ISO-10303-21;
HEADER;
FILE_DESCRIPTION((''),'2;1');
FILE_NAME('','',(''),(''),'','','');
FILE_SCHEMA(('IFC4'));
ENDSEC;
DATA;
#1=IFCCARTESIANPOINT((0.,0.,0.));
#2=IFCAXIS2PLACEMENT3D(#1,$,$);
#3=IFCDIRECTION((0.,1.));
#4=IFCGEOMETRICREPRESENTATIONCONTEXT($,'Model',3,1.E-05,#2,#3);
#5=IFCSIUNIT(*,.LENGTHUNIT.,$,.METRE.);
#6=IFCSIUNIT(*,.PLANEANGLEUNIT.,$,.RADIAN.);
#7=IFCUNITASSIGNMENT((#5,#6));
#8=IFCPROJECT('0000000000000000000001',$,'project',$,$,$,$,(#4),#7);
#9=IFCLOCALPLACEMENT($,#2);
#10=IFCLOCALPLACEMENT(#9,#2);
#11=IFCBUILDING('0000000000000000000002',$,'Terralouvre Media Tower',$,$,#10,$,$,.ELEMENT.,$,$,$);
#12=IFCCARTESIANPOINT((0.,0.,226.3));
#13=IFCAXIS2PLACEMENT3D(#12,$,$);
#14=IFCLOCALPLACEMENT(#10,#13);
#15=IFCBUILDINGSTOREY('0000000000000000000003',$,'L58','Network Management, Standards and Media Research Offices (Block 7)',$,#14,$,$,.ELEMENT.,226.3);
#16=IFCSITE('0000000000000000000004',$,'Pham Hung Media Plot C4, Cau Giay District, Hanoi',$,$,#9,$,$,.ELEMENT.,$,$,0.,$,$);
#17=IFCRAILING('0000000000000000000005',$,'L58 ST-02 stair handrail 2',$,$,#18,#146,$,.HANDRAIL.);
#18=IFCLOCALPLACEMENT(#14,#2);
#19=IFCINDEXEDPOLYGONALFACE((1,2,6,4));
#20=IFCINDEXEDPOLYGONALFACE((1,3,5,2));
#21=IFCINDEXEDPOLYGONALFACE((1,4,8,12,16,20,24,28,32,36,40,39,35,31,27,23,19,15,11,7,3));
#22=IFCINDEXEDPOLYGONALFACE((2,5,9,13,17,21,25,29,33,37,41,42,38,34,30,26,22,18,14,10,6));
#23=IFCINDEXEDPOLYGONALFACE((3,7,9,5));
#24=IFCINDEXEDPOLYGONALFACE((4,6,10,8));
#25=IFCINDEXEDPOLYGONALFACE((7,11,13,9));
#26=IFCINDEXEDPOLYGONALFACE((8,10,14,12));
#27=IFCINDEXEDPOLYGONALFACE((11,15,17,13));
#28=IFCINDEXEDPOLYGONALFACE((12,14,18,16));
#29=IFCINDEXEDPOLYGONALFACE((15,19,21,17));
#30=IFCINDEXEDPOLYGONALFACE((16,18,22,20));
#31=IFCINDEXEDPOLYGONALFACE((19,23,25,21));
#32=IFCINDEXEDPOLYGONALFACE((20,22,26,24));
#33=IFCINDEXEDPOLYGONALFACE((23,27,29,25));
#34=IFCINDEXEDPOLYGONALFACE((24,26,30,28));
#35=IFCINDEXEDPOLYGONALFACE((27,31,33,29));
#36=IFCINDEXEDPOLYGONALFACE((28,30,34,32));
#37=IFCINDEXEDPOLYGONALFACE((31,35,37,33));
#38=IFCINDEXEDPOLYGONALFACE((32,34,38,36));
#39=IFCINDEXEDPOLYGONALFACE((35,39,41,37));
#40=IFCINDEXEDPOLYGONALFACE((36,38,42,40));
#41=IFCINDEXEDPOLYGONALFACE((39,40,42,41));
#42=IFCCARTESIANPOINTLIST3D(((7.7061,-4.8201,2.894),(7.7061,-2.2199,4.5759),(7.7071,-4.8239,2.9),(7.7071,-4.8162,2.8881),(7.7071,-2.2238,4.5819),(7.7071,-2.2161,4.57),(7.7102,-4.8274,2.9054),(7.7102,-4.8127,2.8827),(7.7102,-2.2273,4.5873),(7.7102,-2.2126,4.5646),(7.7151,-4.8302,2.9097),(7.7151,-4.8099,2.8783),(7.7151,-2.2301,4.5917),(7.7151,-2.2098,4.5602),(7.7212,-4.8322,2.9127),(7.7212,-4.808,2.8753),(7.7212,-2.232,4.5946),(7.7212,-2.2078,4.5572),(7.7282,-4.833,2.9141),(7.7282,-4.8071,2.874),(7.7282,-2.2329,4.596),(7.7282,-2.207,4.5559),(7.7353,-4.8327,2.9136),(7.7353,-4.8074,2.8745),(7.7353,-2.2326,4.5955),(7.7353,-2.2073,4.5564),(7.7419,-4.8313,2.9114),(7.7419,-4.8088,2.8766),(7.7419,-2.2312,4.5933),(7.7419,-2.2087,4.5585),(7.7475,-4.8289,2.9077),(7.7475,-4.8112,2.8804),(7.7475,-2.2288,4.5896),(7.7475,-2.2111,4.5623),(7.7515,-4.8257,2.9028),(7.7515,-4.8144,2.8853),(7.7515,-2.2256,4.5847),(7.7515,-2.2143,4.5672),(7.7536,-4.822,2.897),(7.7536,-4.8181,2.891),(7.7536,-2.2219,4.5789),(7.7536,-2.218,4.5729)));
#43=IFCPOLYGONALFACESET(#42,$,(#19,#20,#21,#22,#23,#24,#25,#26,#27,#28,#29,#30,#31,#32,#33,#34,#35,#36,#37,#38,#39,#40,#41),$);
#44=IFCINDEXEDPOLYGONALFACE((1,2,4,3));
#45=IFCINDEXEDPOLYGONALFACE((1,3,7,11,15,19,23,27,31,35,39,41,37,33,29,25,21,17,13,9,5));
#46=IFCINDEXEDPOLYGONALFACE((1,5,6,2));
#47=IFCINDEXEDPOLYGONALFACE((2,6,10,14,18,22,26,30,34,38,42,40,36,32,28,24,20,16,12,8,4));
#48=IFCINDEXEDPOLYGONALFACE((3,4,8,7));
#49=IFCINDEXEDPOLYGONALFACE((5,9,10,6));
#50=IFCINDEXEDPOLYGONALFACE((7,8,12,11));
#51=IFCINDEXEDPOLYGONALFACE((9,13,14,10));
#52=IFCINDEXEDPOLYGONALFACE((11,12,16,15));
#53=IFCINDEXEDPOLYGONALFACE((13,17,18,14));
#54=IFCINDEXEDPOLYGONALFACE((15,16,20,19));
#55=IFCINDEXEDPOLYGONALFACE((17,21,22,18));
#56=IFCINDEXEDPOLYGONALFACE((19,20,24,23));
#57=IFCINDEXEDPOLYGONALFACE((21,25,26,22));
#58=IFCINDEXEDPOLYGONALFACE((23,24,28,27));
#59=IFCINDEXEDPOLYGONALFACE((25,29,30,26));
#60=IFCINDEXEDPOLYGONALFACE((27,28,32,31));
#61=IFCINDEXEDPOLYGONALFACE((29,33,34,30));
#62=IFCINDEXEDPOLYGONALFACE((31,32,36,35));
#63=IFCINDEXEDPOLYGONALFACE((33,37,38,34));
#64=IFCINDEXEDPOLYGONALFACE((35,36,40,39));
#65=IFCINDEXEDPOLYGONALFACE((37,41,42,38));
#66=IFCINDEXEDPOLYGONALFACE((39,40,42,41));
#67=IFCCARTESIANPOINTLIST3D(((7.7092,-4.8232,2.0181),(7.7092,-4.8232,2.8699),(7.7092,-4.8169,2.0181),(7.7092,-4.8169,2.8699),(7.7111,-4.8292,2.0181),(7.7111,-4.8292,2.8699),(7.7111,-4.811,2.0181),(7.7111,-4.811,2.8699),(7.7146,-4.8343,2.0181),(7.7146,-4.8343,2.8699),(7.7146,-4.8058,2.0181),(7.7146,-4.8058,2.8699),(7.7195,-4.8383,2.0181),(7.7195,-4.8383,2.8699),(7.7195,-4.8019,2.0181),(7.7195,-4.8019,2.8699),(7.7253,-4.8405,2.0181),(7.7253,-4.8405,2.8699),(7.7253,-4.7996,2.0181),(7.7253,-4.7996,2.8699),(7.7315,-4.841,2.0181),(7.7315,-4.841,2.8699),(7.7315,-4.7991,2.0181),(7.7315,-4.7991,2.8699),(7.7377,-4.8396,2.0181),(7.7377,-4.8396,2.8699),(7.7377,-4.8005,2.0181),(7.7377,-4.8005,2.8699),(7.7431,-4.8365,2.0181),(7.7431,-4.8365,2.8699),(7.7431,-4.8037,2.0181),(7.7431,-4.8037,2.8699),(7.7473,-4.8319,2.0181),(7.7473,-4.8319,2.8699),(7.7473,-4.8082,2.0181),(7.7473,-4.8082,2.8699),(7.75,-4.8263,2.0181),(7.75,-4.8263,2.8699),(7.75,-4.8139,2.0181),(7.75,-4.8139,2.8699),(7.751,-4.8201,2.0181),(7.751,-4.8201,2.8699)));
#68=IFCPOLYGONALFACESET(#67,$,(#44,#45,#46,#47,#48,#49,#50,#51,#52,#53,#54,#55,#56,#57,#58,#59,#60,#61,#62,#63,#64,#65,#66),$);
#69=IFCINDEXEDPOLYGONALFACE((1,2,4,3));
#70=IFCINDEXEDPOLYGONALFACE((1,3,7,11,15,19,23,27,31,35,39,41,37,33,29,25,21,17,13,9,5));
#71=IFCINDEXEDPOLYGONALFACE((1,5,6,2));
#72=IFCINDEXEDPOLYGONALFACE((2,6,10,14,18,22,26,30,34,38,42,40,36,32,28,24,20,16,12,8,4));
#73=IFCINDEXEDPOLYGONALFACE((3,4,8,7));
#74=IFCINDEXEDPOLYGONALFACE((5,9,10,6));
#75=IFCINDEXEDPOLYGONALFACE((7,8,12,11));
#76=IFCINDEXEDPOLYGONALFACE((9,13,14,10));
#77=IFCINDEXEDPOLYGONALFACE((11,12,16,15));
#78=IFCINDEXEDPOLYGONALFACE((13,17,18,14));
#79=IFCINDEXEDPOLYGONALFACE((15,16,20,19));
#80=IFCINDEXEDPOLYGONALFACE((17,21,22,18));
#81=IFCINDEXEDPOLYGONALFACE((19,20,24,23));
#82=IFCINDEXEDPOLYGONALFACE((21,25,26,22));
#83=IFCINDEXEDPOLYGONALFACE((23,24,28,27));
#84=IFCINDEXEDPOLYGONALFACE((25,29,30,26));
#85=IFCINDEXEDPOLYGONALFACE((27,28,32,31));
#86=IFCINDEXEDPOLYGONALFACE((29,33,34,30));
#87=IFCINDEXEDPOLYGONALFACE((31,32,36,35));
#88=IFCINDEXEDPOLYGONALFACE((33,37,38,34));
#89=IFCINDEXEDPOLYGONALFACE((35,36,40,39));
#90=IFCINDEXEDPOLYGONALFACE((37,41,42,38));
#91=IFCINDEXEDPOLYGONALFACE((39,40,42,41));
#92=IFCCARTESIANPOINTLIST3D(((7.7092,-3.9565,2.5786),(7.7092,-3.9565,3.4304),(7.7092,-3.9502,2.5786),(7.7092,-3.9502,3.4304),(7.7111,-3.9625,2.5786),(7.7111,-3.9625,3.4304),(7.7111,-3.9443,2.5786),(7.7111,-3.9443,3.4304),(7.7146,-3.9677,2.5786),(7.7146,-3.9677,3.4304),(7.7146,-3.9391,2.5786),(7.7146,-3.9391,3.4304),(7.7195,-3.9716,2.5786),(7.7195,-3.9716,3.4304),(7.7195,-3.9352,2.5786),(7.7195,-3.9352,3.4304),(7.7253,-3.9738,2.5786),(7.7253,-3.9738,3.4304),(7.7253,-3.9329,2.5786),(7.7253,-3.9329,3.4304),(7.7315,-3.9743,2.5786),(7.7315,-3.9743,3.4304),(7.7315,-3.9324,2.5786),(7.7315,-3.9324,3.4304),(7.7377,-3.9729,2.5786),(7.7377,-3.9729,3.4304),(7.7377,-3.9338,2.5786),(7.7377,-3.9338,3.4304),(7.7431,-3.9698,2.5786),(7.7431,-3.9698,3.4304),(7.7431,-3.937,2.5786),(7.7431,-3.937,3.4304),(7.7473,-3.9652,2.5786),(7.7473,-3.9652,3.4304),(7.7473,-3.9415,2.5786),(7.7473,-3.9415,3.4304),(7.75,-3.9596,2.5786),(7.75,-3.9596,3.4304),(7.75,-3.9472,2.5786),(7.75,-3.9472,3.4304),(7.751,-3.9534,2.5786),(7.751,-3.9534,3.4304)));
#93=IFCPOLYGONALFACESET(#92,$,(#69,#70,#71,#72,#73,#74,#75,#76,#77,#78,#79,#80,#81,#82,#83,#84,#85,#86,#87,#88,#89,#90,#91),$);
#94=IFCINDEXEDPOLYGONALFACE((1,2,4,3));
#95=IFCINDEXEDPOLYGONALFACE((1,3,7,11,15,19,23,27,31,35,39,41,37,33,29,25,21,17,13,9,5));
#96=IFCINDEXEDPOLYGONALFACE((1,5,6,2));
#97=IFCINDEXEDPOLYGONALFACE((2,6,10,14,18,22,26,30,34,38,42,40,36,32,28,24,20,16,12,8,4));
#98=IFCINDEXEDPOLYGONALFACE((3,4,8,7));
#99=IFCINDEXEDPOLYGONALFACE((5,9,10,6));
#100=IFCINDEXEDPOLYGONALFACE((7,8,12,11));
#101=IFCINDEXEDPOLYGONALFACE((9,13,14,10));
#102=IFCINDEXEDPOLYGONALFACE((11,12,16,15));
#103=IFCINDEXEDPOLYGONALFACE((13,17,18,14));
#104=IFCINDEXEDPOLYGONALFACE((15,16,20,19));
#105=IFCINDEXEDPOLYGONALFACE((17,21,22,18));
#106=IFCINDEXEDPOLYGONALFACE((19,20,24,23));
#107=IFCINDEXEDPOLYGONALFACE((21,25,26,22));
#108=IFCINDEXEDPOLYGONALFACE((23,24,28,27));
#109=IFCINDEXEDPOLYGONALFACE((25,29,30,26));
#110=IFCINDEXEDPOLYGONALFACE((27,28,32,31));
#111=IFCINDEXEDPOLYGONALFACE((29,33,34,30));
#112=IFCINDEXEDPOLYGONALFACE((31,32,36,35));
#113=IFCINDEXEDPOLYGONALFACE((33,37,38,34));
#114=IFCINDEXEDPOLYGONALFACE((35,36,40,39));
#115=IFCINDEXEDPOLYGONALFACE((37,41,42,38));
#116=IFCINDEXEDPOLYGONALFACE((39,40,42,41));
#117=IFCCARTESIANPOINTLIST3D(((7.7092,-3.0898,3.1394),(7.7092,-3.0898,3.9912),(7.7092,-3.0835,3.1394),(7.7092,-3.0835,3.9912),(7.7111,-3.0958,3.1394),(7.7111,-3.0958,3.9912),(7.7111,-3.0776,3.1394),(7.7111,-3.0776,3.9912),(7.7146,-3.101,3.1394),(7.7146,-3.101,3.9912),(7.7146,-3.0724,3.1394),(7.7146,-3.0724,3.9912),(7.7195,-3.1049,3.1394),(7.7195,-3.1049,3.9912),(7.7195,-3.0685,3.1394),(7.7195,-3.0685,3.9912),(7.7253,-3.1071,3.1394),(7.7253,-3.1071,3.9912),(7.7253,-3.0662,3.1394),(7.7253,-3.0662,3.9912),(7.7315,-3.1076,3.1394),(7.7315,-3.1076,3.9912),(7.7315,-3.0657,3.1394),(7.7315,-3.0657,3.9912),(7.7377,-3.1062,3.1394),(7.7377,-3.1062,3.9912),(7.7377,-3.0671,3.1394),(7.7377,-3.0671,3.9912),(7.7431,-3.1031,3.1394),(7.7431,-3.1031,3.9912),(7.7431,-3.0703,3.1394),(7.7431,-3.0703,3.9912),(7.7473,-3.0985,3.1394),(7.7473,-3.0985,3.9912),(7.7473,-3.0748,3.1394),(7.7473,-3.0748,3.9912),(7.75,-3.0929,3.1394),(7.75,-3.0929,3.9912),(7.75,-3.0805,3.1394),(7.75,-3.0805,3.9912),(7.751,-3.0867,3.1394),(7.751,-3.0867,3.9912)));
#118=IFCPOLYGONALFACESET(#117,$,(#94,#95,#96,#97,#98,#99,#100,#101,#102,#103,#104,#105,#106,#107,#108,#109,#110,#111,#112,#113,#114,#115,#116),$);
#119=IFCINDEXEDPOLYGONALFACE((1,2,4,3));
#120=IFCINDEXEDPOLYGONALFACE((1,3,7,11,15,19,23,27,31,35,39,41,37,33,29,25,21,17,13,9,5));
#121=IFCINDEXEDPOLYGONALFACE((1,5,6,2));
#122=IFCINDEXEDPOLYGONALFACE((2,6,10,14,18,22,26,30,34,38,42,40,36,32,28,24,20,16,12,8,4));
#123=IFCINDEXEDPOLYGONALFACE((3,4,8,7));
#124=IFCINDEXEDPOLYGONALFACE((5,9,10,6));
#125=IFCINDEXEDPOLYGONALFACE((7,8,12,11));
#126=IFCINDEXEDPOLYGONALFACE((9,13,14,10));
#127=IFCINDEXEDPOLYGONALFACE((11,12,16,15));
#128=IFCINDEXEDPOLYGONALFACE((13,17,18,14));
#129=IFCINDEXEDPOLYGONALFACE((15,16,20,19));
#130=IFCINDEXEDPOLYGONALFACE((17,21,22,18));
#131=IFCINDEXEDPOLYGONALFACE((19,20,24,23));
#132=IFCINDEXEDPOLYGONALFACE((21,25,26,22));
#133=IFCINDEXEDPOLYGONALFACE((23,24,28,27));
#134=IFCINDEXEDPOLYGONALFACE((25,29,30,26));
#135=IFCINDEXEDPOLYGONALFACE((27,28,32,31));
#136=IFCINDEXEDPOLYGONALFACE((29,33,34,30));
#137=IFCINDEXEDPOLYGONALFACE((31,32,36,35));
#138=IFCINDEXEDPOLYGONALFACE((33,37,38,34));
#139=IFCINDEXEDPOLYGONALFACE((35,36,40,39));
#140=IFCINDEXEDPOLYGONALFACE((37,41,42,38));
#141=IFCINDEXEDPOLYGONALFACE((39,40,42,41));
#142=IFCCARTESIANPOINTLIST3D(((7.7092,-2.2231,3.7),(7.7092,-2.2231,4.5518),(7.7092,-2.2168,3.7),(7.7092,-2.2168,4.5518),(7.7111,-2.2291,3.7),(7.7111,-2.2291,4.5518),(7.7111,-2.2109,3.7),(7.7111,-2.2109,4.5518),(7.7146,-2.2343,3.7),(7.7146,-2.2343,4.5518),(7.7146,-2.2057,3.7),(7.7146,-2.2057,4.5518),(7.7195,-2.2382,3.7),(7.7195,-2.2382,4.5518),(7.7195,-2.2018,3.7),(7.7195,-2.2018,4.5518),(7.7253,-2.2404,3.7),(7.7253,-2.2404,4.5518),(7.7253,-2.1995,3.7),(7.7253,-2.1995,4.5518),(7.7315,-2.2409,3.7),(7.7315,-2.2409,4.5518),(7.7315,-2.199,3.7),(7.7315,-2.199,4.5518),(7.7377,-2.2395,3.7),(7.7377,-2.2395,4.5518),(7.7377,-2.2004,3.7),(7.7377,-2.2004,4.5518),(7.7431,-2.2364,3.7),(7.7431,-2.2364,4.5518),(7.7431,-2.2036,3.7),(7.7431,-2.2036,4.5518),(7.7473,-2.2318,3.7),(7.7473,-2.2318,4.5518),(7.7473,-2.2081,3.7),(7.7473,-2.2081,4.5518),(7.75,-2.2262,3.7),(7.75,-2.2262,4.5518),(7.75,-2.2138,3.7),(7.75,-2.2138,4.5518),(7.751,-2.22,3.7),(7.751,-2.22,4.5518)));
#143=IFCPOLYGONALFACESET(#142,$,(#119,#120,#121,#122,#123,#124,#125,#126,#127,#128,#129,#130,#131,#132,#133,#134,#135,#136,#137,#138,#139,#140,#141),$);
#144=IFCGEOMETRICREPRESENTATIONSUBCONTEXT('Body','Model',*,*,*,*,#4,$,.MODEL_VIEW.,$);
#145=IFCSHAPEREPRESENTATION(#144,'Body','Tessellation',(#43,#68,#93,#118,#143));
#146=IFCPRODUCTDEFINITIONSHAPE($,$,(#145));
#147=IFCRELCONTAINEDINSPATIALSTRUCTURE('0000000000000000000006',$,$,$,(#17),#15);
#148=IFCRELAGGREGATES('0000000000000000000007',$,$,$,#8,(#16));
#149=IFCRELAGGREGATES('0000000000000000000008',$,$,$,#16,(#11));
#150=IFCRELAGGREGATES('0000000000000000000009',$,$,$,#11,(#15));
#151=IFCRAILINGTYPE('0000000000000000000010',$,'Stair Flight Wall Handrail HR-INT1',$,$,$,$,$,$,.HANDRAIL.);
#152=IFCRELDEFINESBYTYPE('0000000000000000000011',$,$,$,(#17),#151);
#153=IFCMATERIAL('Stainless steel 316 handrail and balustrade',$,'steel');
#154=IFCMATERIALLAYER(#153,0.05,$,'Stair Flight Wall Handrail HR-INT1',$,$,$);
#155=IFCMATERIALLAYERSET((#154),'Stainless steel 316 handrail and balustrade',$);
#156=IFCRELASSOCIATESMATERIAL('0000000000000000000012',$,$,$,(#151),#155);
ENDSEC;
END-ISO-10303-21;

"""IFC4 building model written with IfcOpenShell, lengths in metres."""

from ifc_helpers import new_model, si_unit, direction, frame, origin, origin_2d, place, context, subcontext, project, spatial, circle, extrude, material, layer, layer_set, type_object, element, save


model = new_model("IFC4")

# Units and contexts
model_context = context("Model", 3, precision=1e-05, world=origin(), true_north=direction((0.0, 1.0)))
body_context = subcontext(model_context, "Body", "Model", "MODEL_VIEW")
ifc_project = project(units=[si_unit("LENGTHUNIT", "METRE"), si_unit("PLANEANGLEUNIT", "RADIAN")], contexts=[model_context])

# Site, building, storey
site_placement = place(None, origin())
site = spatial("IfcSite", under=ifc_project, at=site_placement, Name="Pham Hung Media Plot C4, Cau Giay District, Hanoi", CompositionType="ELEMENT", RefElevation=0.0)
building_placement = place(site_placement, origin())
building = spatial("IfcBuilding", under=site, at=building_placement, Name="Terralouvre Media Tower", CompositionType="ELEMENT")
storey_placement = place(building_placement, frame((0.0, 0.0, 226.3)))
storey = spatial("IfcBuildingStorey", under=building, at=storey_placement, Name="L58", Description="Network Management, Standards and Media Research Offices (Block 7)", CompositionType="ELEMENT", Elevation=226.3)

# Railing
ifc_material_1 = material(Name="Stainless steel 316 handrail and balustrade", Category="steel")
ifc_layer_1 = layer(ifc_material_1, 0.05, Name="Stair Flight Wall Handrail HR-INT1")
ifc_layer_set_1 = layer_set([ifc_layer_1], Name="Stainless steel 316 handrail and balustrade")
railing_type_1 = type_object("IfcRailingType", Name="Stair Flight Wall Handrail HR-INT1", PredefinedType="HANDRAIL", material=ifc_layer_set_1)
railing_1_placement = place(storey_placement, frame((7.73, -4.8201, 2.0181)))
element("IfcRailing", 1, at=railing_1_placement, inside=storey, type_object=railing_type_1, Name="L58 ST-02 stair handrail 2", PredefinedType="HANDRAIL", context=body_context, shape_type="SweptSolid", body=[
    extrude(circle(Radius=0.0239, at=origin_2d()), frame((0.0, 0.0, 0.876), z_axis=(0.0, 0.839648, 0.54313), x_axis=(-1.0, 0.0, 0.0)), (0.0, 0.0, 1.0), 3.0967),
    extrude(circle(Radius=0.021, at=origin_2d()), origin(), (0.0, 0.0, 1.0), 0.8518),
    extrude(circle(Radius=0.021, at=origin_2d()), frame((0.0, 0.8667, 0.5605)), (0.0, 0.0, 1.0), 0.8518),
    extrude(circle(Radius=0.021, at=origin_2d()), frame((0.0, 1.7334, 1.1213)), (0.0, 0.0, 1.0), 0.8518),
    extrude(circle(Radius=0.021, at=origin_2d()), frame((0.0, 2.6001, 1.6819)), (0.0, 0.0, 1.0), 0.8518),
])

save(model, "model.ifc")
